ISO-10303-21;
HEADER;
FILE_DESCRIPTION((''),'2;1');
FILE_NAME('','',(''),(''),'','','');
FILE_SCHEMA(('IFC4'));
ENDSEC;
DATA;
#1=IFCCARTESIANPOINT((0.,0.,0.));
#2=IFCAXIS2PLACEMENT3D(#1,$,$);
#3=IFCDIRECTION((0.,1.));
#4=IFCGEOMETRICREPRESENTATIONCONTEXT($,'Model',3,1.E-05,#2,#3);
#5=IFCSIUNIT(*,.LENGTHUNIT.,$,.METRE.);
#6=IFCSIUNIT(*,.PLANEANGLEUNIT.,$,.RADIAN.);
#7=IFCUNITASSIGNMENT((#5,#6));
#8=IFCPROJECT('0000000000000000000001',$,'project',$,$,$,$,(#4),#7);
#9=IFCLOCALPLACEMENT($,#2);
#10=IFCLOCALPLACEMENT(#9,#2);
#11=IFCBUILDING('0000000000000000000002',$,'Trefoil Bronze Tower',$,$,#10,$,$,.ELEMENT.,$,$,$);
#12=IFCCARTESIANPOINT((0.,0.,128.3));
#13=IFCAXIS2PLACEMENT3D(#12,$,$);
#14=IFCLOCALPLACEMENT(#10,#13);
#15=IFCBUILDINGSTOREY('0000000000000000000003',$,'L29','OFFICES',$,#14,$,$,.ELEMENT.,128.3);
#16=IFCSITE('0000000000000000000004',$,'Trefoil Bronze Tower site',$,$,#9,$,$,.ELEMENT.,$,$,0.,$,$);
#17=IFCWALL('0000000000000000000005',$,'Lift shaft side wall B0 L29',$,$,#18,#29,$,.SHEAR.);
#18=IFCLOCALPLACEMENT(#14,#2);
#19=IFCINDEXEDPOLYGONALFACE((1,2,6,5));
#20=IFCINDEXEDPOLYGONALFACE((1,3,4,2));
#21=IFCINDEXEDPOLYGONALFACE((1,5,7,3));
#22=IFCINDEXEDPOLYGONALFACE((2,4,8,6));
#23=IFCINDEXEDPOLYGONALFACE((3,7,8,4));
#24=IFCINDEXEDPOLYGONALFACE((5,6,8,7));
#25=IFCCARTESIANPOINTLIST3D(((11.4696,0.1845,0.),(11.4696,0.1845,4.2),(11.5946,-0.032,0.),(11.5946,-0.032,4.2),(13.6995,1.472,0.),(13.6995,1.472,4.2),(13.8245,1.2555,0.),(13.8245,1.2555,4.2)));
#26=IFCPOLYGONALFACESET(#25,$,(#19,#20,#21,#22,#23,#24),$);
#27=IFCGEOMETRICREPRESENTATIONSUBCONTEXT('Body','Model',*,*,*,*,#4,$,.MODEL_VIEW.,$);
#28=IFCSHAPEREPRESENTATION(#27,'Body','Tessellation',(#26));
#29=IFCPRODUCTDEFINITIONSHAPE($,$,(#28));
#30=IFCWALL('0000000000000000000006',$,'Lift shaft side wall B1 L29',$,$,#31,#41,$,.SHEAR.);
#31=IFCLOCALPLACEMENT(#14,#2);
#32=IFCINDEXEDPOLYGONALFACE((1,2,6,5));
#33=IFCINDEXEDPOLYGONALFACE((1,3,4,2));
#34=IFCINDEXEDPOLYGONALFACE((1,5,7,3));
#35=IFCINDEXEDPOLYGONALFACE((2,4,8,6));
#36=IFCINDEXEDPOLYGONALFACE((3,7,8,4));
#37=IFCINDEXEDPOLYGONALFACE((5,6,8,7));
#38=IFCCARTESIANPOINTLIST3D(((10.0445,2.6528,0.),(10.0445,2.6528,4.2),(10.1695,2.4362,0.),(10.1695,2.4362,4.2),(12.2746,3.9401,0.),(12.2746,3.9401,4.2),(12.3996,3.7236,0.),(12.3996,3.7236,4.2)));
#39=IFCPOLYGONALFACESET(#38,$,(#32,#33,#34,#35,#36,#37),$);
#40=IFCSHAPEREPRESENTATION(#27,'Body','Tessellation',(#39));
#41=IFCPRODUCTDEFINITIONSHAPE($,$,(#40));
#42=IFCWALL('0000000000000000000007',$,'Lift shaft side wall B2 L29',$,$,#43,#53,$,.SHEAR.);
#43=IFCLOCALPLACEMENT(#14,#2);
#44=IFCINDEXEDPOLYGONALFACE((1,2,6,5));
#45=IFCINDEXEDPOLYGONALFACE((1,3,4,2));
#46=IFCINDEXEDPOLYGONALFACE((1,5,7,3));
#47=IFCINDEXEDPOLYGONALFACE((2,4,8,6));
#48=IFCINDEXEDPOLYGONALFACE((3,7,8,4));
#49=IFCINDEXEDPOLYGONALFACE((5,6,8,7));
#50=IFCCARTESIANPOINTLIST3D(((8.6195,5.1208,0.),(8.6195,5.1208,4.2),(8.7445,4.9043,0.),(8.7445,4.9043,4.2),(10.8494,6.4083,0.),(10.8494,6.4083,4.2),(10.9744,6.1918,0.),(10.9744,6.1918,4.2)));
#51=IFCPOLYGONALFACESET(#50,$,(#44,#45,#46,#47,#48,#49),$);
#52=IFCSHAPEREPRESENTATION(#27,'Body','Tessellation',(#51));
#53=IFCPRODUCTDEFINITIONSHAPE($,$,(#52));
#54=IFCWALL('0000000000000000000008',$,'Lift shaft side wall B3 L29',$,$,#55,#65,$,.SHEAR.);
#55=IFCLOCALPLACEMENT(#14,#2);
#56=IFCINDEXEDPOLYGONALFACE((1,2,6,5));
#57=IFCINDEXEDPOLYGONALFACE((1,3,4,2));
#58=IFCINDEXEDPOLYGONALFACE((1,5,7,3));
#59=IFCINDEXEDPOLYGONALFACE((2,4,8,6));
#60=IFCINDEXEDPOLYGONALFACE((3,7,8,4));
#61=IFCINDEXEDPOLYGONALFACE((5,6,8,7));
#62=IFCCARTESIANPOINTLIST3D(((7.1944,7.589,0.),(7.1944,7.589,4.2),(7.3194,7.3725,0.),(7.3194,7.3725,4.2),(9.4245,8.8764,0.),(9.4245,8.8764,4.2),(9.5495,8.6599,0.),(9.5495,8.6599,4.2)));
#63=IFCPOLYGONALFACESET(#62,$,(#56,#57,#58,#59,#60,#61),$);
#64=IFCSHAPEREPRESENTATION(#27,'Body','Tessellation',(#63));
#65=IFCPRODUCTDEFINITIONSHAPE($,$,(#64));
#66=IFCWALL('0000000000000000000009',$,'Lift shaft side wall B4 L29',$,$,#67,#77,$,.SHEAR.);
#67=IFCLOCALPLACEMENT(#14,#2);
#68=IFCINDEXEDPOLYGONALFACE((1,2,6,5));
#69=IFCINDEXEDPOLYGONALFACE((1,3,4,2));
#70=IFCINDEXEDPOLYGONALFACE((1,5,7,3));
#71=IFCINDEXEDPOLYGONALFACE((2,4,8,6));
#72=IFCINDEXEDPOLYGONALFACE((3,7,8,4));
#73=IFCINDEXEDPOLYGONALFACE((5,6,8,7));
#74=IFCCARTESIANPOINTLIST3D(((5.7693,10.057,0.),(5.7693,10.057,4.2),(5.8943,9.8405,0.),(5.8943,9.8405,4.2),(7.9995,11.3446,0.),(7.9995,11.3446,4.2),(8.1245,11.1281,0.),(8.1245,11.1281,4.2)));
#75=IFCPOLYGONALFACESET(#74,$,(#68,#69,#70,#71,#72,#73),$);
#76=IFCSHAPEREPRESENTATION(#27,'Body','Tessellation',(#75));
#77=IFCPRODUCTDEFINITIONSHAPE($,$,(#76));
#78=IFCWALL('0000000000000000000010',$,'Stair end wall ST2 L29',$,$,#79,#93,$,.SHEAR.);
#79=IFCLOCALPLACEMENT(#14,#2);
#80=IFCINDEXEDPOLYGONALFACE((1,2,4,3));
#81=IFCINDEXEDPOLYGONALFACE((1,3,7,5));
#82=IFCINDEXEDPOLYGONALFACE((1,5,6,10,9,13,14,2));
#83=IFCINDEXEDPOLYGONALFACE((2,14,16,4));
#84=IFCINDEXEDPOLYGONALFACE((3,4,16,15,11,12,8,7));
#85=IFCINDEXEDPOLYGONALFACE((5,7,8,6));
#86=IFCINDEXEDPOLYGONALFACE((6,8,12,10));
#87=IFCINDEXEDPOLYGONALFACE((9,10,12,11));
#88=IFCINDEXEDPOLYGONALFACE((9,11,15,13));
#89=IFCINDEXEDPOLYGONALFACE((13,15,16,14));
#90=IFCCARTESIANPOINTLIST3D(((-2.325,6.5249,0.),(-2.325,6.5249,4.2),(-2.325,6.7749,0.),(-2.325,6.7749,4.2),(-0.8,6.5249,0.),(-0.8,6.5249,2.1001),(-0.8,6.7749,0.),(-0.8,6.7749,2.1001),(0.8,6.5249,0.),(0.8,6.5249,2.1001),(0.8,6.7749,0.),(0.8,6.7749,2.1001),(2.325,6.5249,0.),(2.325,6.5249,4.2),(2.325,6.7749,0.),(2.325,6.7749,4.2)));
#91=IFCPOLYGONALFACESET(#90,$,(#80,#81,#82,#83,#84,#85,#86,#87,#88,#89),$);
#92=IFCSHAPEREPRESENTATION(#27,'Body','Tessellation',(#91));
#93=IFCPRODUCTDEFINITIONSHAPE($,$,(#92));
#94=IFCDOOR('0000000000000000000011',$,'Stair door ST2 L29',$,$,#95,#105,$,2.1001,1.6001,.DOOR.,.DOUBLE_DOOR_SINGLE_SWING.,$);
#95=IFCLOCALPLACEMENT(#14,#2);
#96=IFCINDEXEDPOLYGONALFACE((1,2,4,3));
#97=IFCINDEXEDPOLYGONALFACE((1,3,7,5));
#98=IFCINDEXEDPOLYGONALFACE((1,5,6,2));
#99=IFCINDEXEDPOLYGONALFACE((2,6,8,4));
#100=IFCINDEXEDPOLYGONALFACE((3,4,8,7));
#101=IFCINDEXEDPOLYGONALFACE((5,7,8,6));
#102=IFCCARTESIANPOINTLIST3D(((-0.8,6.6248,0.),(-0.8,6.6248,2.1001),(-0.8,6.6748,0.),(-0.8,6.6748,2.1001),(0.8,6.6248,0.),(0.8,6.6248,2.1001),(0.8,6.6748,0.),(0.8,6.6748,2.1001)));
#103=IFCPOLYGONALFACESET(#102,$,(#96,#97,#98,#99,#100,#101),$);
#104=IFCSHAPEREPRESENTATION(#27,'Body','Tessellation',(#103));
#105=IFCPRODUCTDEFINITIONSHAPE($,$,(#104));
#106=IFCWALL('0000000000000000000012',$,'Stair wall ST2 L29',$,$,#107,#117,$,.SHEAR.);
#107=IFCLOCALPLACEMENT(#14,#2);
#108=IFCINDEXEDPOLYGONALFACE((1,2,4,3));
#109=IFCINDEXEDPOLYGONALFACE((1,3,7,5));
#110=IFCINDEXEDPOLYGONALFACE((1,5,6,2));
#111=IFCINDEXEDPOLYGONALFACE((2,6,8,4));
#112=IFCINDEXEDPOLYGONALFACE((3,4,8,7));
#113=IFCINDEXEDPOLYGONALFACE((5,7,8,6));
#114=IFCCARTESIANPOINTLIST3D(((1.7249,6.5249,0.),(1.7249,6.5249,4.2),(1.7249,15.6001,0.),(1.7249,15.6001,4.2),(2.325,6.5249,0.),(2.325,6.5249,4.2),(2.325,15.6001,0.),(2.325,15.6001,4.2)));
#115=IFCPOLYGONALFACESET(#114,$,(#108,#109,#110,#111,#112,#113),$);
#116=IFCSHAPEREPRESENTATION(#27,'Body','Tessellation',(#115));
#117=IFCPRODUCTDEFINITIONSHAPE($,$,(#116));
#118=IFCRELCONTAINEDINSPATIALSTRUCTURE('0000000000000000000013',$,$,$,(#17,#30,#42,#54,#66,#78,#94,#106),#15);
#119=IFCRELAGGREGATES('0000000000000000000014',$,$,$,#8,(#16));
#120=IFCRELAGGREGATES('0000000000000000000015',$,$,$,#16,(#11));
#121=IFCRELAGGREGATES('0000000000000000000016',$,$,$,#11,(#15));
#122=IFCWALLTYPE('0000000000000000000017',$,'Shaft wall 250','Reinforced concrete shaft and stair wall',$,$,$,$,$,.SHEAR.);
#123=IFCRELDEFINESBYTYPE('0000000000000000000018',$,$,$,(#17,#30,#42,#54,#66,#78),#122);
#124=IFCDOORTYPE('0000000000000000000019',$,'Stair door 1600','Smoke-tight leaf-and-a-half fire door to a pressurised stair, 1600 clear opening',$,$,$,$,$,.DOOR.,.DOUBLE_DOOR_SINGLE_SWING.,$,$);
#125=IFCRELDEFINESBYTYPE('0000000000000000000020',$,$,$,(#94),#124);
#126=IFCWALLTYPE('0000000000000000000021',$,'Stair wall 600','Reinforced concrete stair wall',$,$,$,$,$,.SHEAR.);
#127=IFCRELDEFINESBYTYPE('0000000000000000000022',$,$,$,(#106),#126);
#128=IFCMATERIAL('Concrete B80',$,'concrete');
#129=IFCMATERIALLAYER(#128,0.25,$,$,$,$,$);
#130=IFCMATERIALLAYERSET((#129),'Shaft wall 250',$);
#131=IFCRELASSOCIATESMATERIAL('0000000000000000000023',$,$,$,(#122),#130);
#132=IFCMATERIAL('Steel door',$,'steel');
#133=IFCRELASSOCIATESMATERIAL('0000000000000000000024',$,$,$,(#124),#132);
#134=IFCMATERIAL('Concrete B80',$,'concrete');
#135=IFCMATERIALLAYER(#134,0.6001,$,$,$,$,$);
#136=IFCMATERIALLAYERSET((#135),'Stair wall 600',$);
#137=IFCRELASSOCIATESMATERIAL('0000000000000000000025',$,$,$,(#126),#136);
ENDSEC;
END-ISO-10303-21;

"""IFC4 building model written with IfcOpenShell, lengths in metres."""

from ifc_helpers import new_model, si_unit, direction, frame, frame_2d, origin, place, context, subcontext, project, spatial, rectangle, extrude, material, layer, layer_set, type_object, element, fill, save


model = new_model("IFC4")

# Units and contexts
model_context = context("Model", 3, precision=1e-05, world=origin(), true_north=direction((0.0, 1.0)))
body_context = subcontext(model_context, "Body", "Model", "MODEL_VIEW")
ifc_project = project(units=[si_unit("LENGTHUNIT", "METRE"), si_unit("PLANEANGLEUNIT", "RADIAN")], contexts=[model_context])

# Site, building, storey
site_placement = place(None, origin())
site = spatial("IfcSite", under=ifc_project, at=site_placement, Name="Trefoil Bronze Tower site", CompositionType="ELEMENT", RefElevation=0.0)
building_placement = place(site_placement, origin())
building = spatial("IfcBuilding", under=site, at=building_placement, Name="Trefoil Bronze Tower", CompositionType="ELEMENT")
storey_placement = place(building_placement, frame((0.0, 0.0, 128.3)))
storey = spatial("IfcBuildingStorey", under=building, at=storey_placement, Name="L29", Description="OFFICES", CompositionType="ELEMENT", Elevation=128.3)

# Shared definitions
ifc_material_1 = material(Name="Concrete B80", Category="concrete")
ifc_layer_1 = layer(ifc_material_1, 0.25)
ifc_layer_set_1 = layer_set([ifc_layer_1], Name="Shaft wall 250")
wall_type_1 = type_object("IfcWallType", Name="Shaft wall 250", Description="Reinforced concrete shaft and stair wall", PredefinedType="SHEAR", material=ifc_layer_set_1)

# Walls
for number, where, z_axis, x_axis, name in (
    (1, (11.532, 0.0762, 0.0), (0.0, 0.0, 1.0), (0.866006, 0.500034, 0.0), "Lift shaft side wall B0 L29"),
    (2, (10.1069, 2.5444, 0.0), (0.0, 0.0, 1.0), (0.866047, 0.499963, 0.0), "Lift shaft side wall B1 L29"),
    (3, (8.6819, 5.0125, 0.0), (0.0, 0.0, 1.0), (0.866006, 0.500034, 0.0), "Lift shaft side wall B2 L29"),
    (4, (7.2568, 7.4807, 0.0), (0.0, 0.0, 1.0), (0.866047, 0.499963, 0.0), "Lift shaft side wall B3 L29"),
):
    element("IfcWall", number, at=place(storey_placement, frame(where, z_axis=z_axis, x_axis=x_axis)), inside=storey, type_object=wall_type_1, Name=name, PredefinedType="SHEAR", context=body_context, shape_type="SweptSolid", body=[
        extrude(rectangle(XDim=2.575, YDim=0.25, at=frame_2d((1.2876, 0.0))), origin(), (0.0, 0.0, 1.0), 4.2),
    ])
wall_1_placement = place(storey_placement, frame((5.8318, 9.9487, 0.0), z_axis=(0.0, 0.0, 1.0), x_axis=(0.866029, 0.499993, 0.0)))
element("IfcWall", 5, at=wall_1_placement, inside=storey, type_object=wall_type_1, Name="Lift shaft side wall B4 L29", PredefinedType="SHEAR", context=body_context, shape_type="SweptSolid", body=[
    extrude(rectangle(XDim=2.5752, YDim=0.25, at=frame_2d((1.2876, 0.0))), origin(), (0.0, 0.0, 1.0), 4.2),
])

# Wall, opening, door
wall_2_placement = place(storey_placement, frame((2.325, 6.6499, 0.0), z_axis=(0.0, 0.0, 1.0), x_axis=(-1.0, 0.0, 0.0)))
wall_2 = element("IfcWall", 6, at=wall_2_placement, inside=storey, type_object=wall_type_1, Name="Stair end wall ST2 L29", PredefinedType="SHEAR", context=body_context, shape_type="SweptSolid", body=[
    extrude(rectangle(XDim=4.6499, YDim=0.25, at=frame_2d((2.325, 0.0))), origin(), (0.0, 0.0, 1.0), 4.2),
])
opening_1_placement = place(wall_2_placement, frame((1.5249, 0.0, 0.0)))
opening_1 = element("IfcOpeningElement", 7, at=opening_1_placement, cuts=wall_2, PredefinedType="OPENING", context=body_context, shape_type="SweptSolid", body=[
    extrude(rectangle(XDim=1.6001, YDim=2.1001, at=frame_2d((0.8, 1.05))), frame((0.0, 0.135, 0.0), z_axis=(0.0, -1.0, 0.0), x_axis=(1.0, 0.0, 0.0)), (0.0, 0.0, 1.0), 0.27),
])
ifc_material_2 = material(Name="Steel door", Category="steel")
door_type_1 = type_object("IfcDoorType", Name="Stair door 1600", Description="Smoke-tight leaf-and-a-half fire door to a pressurised stair, 1600 clear opening", OperationType="DOUBLE_DOOR_SINGLE_SWING", PredefinedType="DOOR", material=ifc_material_2)
door_1_placement = place(opening_1_placement, frame((1.6001, 0.0, 0.0), z_axis=(0.0, 0.0, 1.0), x_axis=(-1.0, 0.0, 0.0)))
door_1 = element("IfcDoor", 8, at=door_1_placement, inside=storey, type_object=door_type_1, Name="Stair door ST2 L29", OperationType="DOUBLE_DOOR_SINGLE_SWING", OverallHeight=2.1001, OverallWidth=1.6001, PredefinedType="DOOR", context=body_context, shape_type="SweptSolid", body=[
    extrude(rectangle(XDim=1.6001, YDim=2.1001, at=frame_2d((0.8, 1.05))), frame((0.0, 0.0249, 0.0), z_axis=(0.0, -1.0, 0.0), x_axis=(1.0, 0.0, 0.0)), (0.0, 0.0, 1.0), 0.05),
])
fill(opening_1, door_1)

# Wall
ifc_material_3 = material(Name="Concrete B80", Category="concrete")
ifc_layer_2 = layer(ifc_material_3, 0.6001)
ifc_layer_set_2 = layer_set([ifc_layer_2], Name="Stair wall 600")
wall_type_2 = type_object("IfcWallType", Name="Stair wall 600", Description="Reinforced concrete stair wall", PredefinedType="SHEAR", material=ifc_layer_set_2)
wall_3_placement = place(storey_placement, frame((2.0249, 6.5249, 0.0), z_axis=(0.0, 0.0, 1.0), x_axis=(0.0, 1.0, 0.0)))
element("IfcWall", 9, at=wall_3_placement, inside=storey, type_object=wall_type_2, Name="Stair wall ST2 L29", PredefinedType="SHEAR", context=body_context, shape_type="SweptSolid", body=[
    extrude(rectangle(XDim=9.0752, YDim=0.6001, at=frame_2d((4.5376, 0.0))), origin(), (0.0, 0.0, 1.0), 4.2),
])

save(model, "model.ifc")
